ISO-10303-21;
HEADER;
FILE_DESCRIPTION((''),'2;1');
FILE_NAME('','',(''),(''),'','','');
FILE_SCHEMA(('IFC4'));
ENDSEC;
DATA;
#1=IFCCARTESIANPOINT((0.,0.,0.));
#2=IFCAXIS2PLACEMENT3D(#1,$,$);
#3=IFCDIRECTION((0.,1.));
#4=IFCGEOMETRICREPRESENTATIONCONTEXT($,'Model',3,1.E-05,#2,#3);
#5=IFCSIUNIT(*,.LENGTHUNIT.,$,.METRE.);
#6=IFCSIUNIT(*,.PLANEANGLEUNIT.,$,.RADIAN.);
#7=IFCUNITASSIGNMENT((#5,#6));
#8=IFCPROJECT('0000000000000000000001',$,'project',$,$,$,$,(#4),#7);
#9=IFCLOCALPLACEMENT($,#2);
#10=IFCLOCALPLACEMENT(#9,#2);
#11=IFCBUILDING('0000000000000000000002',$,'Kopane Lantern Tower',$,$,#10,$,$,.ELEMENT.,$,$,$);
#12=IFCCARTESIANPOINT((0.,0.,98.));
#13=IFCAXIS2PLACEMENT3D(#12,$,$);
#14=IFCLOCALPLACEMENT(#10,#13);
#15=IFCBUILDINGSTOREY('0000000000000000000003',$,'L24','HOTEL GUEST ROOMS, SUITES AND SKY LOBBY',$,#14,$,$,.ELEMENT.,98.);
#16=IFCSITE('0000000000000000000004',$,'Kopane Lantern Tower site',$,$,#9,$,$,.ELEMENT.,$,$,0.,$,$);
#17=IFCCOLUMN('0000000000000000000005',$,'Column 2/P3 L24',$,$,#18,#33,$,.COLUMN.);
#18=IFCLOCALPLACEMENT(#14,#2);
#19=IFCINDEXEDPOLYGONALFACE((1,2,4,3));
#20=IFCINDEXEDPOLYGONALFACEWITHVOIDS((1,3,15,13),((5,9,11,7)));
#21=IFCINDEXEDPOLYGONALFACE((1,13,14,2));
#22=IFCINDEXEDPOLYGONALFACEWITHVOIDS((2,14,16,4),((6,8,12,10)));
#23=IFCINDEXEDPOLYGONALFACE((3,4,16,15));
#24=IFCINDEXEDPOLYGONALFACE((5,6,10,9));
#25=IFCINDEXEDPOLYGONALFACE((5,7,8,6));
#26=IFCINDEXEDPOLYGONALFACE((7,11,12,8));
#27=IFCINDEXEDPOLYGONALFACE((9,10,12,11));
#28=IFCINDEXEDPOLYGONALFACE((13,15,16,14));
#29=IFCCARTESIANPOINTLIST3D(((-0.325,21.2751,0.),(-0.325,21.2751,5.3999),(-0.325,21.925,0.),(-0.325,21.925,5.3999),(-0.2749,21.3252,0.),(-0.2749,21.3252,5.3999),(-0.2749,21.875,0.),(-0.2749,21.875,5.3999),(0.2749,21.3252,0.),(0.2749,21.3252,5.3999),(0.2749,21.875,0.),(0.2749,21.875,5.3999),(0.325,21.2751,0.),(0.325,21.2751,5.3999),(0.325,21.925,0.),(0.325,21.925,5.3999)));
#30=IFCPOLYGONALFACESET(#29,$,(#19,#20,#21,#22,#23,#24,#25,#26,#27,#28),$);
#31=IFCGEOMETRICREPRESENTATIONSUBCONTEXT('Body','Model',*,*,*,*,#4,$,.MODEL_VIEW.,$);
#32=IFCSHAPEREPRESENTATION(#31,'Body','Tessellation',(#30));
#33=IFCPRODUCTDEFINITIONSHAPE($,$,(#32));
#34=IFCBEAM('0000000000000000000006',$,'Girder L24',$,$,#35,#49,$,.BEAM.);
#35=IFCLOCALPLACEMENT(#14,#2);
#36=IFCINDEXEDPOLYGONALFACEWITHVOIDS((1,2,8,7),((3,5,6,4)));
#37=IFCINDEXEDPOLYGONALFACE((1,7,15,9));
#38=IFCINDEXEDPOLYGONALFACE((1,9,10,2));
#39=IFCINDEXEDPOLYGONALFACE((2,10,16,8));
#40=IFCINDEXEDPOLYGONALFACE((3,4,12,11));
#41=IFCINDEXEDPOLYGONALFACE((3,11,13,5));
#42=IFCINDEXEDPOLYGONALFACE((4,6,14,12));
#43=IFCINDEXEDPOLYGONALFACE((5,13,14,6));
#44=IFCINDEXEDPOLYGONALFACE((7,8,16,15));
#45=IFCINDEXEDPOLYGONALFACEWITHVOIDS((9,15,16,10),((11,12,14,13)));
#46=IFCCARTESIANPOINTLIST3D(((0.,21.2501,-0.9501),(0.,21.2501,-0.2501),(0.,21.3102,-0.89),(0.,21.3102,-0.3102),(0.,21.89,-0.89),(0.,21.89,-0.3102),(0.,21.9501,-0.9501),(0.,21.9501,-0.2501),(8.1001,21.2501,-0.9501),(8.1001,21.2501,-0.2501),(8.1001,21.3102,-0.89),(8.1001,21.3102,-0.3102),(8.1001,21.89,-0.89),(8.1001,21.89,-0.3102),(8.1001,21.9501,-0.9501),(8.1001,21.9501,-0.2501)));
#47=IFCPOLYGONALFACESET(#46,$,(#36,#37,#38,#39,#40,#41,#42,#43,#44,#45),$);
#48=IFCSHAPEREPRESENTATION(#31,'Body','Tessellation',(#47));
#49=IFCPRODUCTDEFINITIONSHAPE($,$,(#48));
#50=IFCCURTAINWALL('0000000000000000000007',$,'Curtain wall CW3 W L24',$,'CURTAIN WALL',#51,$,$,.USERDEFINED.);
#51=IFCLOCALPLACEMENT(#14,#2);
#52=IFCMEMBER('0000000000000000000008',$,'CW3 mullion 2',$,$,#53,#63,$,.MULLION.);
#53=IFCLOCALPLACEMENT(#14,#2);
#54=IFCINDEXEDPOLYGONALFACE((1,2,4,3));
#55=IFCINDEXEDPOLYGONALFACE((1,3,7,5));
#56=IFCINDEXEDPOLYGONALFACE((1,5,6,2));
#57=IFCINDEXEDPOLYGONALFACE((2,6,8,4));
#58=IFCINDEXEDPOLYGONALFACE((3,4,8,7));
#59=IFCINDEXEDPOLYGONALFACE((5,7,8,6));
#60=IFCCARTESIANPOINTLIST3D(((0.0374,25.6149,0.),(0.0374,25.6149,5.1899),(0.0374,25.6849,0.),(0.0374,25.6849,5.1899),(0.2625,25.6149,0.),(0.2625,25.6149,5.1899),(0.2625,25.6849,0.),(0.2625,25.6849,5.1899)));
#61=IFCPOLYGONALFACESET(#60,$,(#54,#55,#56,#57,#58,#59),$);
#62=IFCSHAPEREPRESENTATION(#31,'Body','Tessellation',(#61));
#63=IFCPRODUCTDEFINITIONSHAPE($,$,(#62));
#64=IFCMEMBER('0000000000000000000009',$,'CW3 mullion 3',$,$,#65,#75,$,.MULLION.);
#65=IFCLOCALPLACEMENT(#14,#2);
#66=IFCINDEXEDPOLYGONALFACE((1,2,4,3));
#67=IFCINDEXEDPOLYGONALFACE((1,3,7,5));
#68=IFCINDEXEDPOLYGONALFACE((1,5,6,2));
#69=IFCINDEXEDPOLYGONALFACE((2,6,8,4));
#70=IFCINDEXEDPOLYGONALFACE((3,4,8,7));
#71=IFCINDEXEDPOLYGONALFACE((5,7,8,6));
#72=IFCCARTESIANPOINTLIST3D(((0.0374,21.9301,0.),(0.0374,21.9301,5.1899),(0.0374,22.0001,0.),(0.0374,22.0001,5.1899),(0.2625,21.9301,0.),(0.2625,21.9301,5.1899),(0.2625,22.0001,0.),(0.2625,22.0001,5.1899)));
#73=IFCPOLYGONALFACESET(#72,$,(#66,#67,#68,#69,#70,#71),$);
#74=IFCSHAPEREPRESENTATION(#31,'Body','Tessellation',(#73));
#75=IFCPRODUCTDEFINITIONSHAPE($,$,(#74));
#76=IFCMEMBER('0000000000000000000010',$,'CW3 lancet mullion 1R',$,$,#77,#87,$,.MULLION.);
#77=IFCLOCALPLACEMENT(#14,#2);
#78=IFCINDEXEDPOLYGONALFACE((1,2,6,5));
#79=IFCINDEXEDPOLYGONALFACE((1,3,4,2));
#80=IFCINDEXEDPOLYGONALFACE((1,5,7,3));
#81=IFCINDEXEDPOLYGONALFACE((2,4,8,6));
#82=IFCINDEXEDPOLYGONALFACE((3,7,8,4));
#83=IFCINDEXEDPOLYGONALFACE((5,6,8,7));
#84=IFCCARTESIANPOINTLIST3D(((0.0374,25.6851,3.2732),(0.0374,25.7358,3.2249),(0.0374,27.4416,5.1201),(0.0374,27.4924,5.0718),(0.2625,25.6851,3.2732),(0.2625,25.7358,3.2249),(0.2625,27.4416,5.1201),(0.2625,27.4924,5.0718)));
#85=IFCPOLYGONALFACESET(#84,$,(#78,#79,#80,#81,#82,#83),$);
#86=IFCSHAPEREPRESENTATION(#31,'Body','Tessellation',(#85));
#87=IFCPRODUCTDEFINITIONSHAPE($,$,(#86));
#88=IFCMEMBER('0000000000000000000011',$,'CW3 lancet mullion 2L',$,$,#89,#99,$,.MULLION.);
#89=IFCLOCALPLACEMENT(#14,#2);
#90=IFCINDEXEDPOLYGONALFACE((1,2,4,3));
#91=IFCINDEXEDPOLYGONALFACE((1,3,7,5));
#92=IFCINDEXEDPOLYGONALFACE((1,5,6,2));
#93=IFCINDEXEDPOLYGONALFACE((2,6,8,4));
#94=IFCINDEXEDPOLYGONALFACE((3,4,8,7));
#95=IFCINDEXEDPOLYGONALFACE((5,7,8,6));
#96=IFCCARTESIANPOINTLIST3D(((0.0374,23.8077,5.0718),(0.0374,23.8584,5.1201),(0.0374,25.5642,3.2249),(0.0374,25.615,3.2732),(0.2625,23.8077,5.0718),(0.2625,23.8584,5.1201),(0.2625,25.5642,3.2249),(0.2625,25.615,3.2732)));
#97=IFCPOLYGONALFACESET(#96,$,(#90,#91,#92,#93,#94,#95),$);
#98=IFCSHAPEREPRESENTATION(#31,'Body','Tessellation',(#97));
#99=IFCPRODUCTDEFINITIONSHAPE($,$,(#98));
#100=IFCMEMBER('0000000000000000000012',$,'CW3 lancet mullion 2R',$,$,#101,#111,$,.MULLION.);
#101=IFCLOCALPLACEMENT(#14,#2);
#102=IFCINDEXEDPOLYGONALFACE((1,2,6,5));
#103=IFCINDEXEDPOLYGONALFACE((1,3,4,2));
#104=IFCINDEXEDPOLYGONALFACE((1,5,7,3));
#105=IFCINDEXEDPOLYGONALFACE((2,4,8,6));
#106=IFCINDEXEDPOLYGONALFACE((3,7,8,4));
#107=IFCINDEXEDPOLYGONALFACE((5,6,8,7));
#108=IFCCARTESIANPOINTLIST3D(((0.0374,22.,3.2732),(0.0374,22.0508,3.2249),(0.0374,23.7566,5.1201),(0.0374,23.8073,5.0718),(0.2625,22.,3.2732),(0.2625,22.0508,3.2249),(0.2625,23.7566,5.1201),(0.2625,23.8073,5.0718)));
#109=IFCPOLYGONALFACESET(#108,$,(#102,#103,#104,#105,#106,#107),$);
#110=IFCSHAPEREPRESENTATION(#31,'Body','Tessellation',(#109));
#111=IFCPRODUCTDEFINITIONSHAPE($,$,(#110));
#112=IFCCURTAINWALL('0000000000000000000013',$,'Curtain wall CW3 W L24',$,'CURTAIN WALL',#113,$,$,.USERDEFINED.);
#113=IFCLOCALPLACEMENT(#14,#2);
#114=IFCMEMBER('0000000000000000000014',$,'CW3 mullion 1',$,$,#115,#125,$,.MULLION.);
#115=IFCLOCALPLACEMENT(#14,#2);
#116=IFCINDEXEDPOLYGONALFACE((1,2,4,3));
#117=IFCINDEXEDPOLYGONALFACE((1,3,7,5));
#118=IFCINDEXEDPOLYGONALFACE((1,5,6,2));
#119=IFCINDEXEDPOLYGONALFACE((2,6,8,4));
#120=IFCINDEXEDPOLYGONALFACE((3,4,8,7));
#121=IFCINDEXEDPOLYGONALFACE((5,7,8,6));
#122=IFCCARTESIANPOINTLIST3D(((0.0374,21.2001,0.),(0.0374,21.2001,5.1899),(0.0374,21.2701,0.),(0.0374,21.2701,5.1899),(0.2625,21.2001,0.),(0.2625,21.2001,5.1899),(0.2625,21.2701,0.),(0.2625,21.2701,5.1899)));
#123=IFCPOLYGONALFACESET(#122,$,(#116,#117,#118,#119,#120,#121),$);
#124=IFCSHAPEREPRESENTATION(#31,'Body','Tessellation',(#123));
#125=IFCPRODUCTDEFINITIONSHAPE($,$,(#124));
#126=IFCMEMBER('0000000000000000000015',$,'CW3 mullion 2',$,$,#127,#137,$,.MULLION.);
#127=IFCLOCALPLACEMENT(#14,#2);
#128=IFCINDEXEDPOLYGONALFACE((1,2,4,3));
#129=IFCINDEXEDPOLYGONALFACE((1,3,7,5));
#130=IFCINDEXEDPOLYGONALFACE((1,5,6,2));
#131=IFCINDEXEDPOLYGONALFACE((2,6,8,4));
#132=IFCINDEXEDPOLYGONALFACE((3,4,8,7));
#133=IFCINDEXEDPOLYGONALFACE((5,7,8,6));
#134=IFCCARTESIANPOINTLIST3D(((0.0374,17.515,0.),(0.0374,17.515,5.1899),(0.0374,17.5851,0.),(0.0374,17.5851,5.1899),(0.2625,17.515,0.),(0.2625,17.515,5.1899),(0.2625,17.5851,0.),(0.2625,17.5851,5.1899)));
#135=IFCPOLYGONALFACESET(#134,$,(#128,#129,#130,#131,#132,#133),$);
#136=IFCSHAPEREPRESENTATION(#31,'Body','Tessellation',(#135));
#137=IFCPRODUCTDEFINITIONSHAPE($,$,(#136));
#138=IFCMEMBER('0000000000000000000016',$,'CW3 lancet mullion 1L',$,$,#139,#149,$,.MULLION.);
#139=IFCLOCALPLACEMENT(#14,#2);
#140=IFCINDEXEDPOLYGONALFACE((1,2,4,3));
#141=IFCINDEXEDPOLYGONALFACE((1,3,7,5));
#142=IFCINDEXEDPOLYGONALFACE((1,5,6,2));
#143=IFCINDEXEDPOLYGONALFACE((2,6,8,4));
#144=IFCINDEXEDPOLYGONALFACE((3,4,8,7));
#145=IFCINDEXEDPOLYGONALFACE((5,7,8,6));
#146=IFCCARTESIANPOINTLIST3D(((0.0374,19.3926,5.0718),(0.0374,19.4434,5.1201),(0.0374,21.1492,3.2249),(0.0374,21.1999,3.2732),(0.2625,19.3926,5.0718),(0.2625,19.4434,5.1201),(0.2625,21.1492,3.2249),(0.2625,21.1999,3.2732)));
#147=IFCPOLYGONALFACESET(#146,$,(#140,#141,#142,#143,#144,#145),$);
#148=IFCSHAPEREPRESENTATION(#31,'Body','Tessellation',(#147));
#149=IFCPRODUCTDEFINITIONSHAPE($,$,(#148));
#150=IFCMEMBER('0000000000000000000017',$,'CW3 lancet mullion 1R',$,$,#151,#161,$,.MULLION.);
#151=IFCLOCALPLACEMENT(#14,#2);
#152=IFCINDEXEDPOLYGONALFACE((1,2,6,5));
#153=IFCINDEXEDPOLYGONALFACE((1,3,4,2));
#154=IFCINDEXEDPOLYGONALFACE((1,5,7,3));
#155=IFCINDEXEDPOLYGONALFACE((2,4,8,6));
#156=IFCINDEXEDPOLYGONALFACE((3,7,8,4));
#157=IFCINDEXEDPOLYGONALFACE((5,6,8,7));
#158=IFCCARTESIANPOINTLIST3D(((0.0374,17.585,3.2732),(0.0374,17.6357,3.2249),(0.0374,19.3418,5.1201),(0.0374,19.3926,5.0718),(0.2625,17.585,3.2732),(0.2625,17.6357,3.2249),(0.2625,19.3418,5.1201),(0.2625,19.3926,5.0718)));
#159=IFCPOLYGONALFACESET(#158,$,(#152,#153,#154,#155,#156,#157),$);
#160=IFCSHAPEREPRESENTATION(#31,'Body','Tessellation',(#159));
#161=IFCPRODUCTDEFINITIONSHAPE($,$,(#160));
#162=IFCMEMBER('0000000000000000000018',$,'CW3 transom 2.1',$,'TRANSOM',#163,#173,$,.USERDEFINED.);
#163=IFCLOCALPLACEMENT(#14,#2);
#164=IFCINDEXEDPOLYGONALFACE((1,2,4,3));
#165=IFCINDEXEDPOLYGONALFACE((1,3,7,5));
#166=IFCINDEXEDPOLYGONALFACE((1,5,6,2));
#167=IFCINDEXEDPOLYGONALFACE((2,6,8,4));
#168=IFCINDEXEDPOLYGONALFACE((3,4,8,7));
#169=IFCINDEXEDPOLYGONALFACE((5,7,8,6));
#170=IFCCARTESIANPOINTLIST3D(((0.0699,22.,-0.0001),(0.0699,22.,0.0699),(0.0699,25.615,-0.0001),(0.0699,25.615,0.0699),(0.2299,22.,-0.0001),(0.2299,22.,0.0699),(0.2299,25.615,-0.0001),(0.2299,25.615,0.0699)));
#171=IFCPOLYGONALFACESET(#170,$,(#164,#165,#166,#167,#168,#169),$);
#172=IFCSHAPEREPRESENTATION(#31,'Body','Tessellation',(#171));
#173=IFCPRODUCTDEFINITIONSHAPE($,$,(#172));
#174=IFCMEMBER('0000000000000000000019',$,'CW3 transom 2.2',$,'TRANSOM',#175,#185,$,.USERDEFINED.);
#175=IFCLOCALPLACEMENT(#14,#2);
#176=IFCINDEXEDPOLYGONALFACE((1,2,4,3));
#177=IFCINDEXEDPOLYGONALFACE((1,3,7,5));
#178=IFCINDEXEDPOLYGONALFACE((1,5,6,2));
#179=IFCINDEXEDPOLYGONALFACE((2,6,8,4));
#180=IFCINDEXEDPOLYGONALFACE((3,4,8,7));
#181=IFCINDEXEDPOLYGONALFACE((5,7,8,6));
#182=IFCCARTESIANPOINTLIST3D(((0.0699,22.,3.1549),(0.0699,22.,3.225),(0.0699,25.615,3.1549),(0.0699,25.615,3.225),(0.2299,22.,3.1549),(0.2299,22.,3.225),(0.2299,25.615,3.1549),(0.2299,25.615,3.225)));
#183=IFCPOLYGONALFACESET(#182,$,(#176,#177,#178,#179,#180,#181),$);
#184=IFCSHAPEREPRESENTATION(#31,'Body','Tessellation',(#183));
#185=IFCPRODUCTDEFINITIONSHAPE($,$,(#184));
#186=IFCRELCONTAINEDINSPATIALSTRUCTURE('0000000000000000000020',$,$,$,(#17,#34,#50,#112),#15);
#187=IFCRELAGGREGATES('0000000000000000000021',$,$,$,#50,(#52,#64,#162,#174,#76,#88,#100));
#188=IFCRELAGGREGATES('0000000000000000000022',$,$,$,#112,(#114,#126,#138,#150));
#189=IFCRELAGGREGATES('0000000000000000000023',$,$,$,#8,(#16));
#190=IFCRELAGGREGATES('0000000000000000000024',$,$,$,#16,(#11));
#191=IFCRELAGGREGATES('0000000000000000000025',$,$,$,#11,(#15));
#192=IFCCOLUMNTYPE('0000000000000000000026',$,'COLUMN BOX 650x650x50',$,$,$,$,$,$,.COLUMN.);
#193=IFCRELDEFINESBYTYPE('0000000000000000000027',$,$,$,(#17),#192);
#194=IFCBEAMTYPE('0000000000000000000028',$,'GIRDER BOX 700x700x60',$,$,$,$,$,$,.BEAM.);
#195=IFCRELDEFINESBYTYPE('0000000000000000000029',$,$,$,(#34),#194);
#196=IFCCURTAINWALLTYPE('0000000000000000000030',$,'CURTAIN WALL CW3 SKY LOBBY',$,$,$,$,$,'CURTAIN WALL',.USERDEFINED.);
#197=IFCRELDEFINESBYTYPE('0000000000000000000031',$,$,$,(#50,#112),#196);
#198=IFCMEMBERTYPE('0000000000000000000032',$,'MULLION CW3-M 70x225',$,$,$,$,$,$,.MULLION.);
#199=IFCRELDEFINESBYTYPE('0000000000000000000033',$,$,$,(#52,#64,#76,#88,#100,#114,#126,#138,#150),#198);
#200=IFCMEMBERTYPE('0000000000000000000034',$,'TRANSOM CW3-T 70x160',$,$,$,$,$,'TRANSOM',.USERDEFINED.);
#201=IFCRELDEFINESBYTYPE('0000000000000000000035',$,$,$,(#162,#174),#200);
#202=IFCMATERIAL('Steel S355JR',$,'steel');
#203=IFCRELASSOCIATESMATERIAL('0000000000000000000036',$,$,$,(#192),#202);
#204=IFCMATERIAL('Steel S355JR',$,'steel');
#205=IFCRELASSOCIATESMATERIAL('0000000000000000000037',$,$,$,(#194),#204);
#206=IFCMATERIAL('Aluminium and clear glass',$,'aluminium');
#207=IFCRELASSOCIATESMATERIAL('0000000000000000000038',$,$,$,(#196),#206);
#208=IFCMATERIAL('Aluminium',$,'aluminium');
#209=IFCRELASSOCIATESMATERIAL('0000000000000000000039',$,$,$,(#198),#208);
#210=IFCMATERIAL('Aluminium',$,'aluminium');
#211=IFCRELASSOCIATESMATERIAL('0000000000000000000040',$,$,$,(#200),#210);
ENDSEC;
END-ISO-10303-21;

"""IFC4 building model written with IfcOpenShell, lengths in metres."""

from ifc_helpers import new_model, si_unit, direction, frame, origin, origin_2d, place, context, subcontext, project, spatial, rectangle, hollow_rectangle, extrude, material, material_profile, profile_set, type_object, element, aggregate, save


model = new_model("IFC4")

# Units and contexts
model_context = context("Model", 3, precision=1e-05, world=origin(), true_north=direction((0.0, 1.0)))
body_context = subcontext(model_context, "Body", "Model", "MODEL_VIEW")
ifc_project = project(units=[si_unit("LENGTHUNIT", "METRE"), si_unit("PLANEANGLEUNIT", "RADIAN")], contexts=[model_context])

# Site, building, storey
site_placement = place(None, origin())
site = spatial("IfcSite", under=ifc_project, at=site_placement, Name="Kopane Lantern Tower site", CompositionType="ELEMENT", RefElevation=0.0)
building_placement = place(site_placement, origin())
building = spatial("IfcBuilding", under=site, at=building_placement, Name="Kopane Lantern Tower", CompositionType="ELEMENT")
storey_placement = place(building_placement, frame((0.0, 0.0, 98.0)))
storey = spatial("IfcBuildingStorey", under=building, at=storey_placement, Name="L24", Description="HOTEL GUEST ROOMS, SUITES AND SKY LOBBY", CompositionType="ELEMENT", Elevation=98.0)

# Column
ifc_material_1 = material(Name="Steel S355JR", Category="steel")
ifc_material_profile_1 = material_profile(ifc_material_1, hollow_rectangle(XDim=0.6499, YDim=0.6499, WallThickness=0.05, at=origin_2d()), Name="BOX 650x650x50")
ifc_profile_set_1 = profile_set([ifc_material_profile_1], Name="Steel S355JR")
column_type = type_object("IfcColumnType", Name="COLUMN BOX 650x650x50", PredefinedType="COLUMN", material=ifc_profile_set_1)
column_placement = place(storey_placement, frame((0.0, 21.6001, 0.0), z_axis=(0.0, 0.0, 1.0), x_axis=(1.0, 0.0, 0.0)))
element("IfcColumn", 1, at=column_placement, inside=storey, type_object=column_type, Name="Column 2/P3 L24", PredefinedType="COLUMN", context=body_context, shape_type="SweptSolid", body=[
    extrude(hollow_rectangle(XDim=0.6499, YDim=0.6499, WallThickness=0.05, at=origin_2d()), origin(), (0.0, 0.0, 1.0), 5.3999),
])

# Beam
ifc_material_2 = material(Name="Steel S355JR", Category="steel")
ifc_material_profile_2 = material_profile(ifc_material_2, hollow_rectangle(XDim=0.7, YDim=0.7, WallThickness=0.0601, at=origin_2d()), Name="BOX 700x700x60")
ifc_profile_set_2 = profile_set([ifc_material_profile_2], Name="Steel S355JR")
beam_type = type_object("IfcBeamType", Name="GIRDER BOX 700x700x60", PredefinedType="BEAM", material=ifc_profile_set_2)
beam_placement = place(storey_placement, frame((0.0, 21.6001, -0.6001), z_axis=(1.0, 0.0, 0.0), x_axis=(0.0, 1.0, 0.0)))
element("IfcBeam", 2, at=beam_placement, inside=storey, type_object=beam_type, Name="Girder L24", PredefinedType="BEAM", context=body_context, shape_type="SweptSolid", body=[
    extrude(hollow_rectangle(XDim=0.7, YDim=0.7, WallThickness=0.0601, at=origin_2d()), origin(), (0.0, 0.0, 1.0), 8.1001),
])

# Curtain walls, members
ifc_material_3 = material(Name="Aluminium and clear glass", Category="aluminium")
curtain_wall_type = type_object("IfcCurtainWallType", Name="CURTAIN WALL CW3 SKY LOBBY", ElementType="CURTAIN WALL", PredefinedType="USERDEFINED", material=ifc_material_3)
curtain_wall_1_placement = place(storey_placement, origin())
curtain_wall_1 = element("IfcCurtainWall", 3, at=curtain_wall_1_placement, inside=storey, type_object=curtain_wall_type, Name="Curtain wall CW3 W L24", ObjectType="CURTAIN WALL", PredefinedType="USERDEFINED")
ifc_material_4 = material(Name="Aluminium", Category="aluminium")
ifc_material_profile_3 = material_profile(ifc_material_4, rectangle(XDim=0.0701, YDim=0.2251, at=origin_2d()), Name="AL 70x225")
ifc_profile_set_3 = profile_set([ifc_material_profile_3], Name="Aluminium")
member_type_1 = type_object("IfcMemberType", Name="MULLION CW3-M 70x225", PredefinedType="MULLION", material=ifc_profile_set_3)
member_1_placement = place(storey_placement, frame((0.1499, 25.6499, 0.0), z_axis=(0.0, 0.0, 1.0), x_axis=(0.0, -1.0, 0.0)))
member_1 = element("IfcMember", 4, at=member_1_placement, type_object=member_type_1, Name="CW3 mullion 2", PredefinedType="MULLION", context=body_context, shape_type="SweptSolid", body=[
    extrude(rectangle(XDim=0.0701, YDim=0.2251, at=origin_2d()), origin(), (0.0, 0.0, 1.0), 5.1899),
])
member_2_placement = place(storey_placement, frame((0.1499, 21.9651, 0.0), z_axis=(0.0, 0.0, 1.0), x_axis=(0.0, -1.0, 0.0)))
member_2 = element("IfcMember", 5, at=member_2_placement, type_object=member_type_1, Name="CW3 mullion 3", PredefinedType="MULLION", context=body_context, shape_type="SweptSolid", body=[
    extrude(rectangle(XDim=0.0701, YDim=0.2251, at=origin_2d()), origin(), (0.0, 0.0, 1.0), 5.1899),
])
member_3_placement = place(storey_placement, frame((0.1499, 25.7104, 3.249), z_axis=(0.0, 0.689165, 0.724605), x_axis=(0.0, -0.724605, 0.689165)))
member_3 = element("IfcMember", 6, at=member_3_placement, type_object=member_type_1, Name="CW3 lancet mullion 1R", PredefinedType="MULLION", context=body_context, shape_type="SweptSolid", body=[
    extrude(rectangle(XDim=0.0701, YDim=0.2251, at=origin_2d()), origin(), (0.0, 0.0, 1.0), 2.5488),
])
member_4_placement = place(storey_placement, frame((0.1499, 25.5896, 3.249), z_axis=(0.0, -0.689165, 0.724605), x_axis=(0.0, 0.724605, 0.689165)))
member_4 = element("IfcMember", 7, at=member_4_placement, type_object=member_type_1, Name="CW3 lancet mullion 2L", PredefinedType="MULLION", context=body_context, shape_type="SweptSolid", body=[
    extrude(rectangle(XDim=0.0701, YDim=0.2251, at=origin_2d()), origin(), (0.0, 0.0, 1.0), 2.5488),
])
member_5_placement = place(storey_placement, frame((0.1499, 22.0254, 3.249), z_axis=(0.0, 0.689165, 0.724605), x_axis=(0.0, -0.724605, 0.689165)))
member_5 = element("IfcMember", 8, at=member_5_placement, type_object=member_type_1, Name="CW3 lancet mullion 2R", PredefinedType="MULLION", context=body_context, shape_type="SweptSolid", body=[
    extrude(rectangle(XDim=0.0701, YDim=0.2251, at=origin_2d()), origin(), (0.0, 0.0, 1.0), 2.5488),
])
curtain_wall_2_placement = place(storey_placement, origin())
curtain_wall_2 = element("IfcCurtainWall", 9, at=curtain_wall_2_placement, inside=storey, type_object=curtain_wall_type, Name="Curtain wall CW3 W L24", ObjectType="CURTAIN WALL", PredefinedType="USERDEFINED")
member_6_placement = place(storey_placement, frame((0.1499, 21.2351, 0.0), z_axis=(0.0, 0.0, 1.0), x_axis=(0.0, -1.0, 0.0)))
member_6 = element("IfcMember", 10, at=member_6_placement, type_object=member_type_1, Name="CW3 mullion 1", PredefinedType="MULLION", context=body_context, shape_type="SweptSolid", body=[
    extrude(rectangle(XDim=0.0701, YDim=0.2251, at=origin_2d()), origin(), (0.0, 0.0, 1.0), 5.1899),
])
member_7_placement = place(storey_placement, frame((0.1499, 17.55, 0.0), z_axis=(0.0, 0.0, 1.0), x_axis=(0.0, -1.0, 0.0)))
member_7 = element("IfcMember", 11, at=member_7_placement, type_object=member_type_1, Name="CW3 mullion 2", PredefinedType="MULLION", context=body_context, shape_type="SweptSolid", body=[
    extrude(rectangle(XDim=0.0701, YDim=0.2251, at=origin_2d()), origin(), (0.0, 0.0, 1.0), 5.1899),
])
member_8_placement = place(storey_placement, frame((0.1499, 21.1746, 3.249), z_axis=(0.0, -0.689165, 0.724605), x_axis=(0.0, 0.724605, 0.689165)))
member_8 = element("IfcMember", 12, at=member_8_placement, type_object=member_type_1, Name="CW3 lancet mullion 1L", PredefinedType="MULLION", context=body_context, shape_type="SweptSolid", body=[
    extrude(rectangle(XDim=0.0701, YDim=0.2251, at=origin_2d()), origin(), (0.0, 0.0, 1.0), 2.5488),
])
member_9_placement = place(storey_placement, frame((0.1499, 17.6104, 3.249), z_axis=(0.0, 0.689215, 0.724557), x_axis=(0.0, -0.724557, 0.689215)))
member_9 = element("IfcMember", 13, at=member_9_placement, type_object=member_type_1, Name="CW3 lancet mullion 1R", PredefinedType="MULLION", context=body_context, shape_type="SweptSolid", body=[
    extrude(rectangle(XDim=0.0701, YDim=0.2251, at=origin_2d()), origin(), (0.0, 0.0, 1.0), 2.5491),
])

# Members
ifc_material_5 = material(Name="Aluminium", Category="aluminium")
ifc_material_profile_4 = material_profile(ifc_material_5, rectangle(XDim=0.1599, YDim=0.0701, at=origin_2d()), Name="AL 160x70")
ifc_profile_set_4 = profile_set([ifc_material_profile_4], Name="Aluminium")
member_type_2 = type_object("IfcMemberType", Name="TRANSOM CW3-T 70x160", ElementType="TRANSOM", PredefinedType="USERDEFINED", material=ifc_profile_set_4)
member_10_placement = place(storey_placement, frame((0.1499, 25.615, 0.0349), z_axis=(0.0, -1.0, 0.0), x_axis=(1.0, 0.0, 0.0)))
member_10 = element("IfcMember", 14, at=member_10_placement, type_object=member_type_2, Name="CW3 transom 2.1", ObjectType="TRANSOM", PredefinedType="USERDEFINED", context=body_context, shape_type="SweptSolid", body=[
    extrude(rectangle(XDim=0.1599, YDim=0.0701, at=origin_2d()), origin(), (0.0, 0.0, 1.0), 3.615),
])
member_11_placement = place(storey_placement, frame((0.1499, 25.615, 3.1899), z_axis=(0.0, -1.0, 0.0), x_axis=(1.0, 0.0, 0.0)))
member_11 = element("IfcMember", 15, at=member_11_placement, type_object=member_type_2, Name="CW3 transom 2.2", ObjectType="TRANSOM", PredefinedType="USERDEFINED", context=body_context, shape_type="SweptSolid", body=[
    extrude(rectangle(XDim=0.1599, YDim=0.0701, at=origin_2d()), origin(), (0.0, 0.0, 1.0), 3.615),
])

aggregate(curtain_wall_1, [member_1, member_2, member_10, member_11, member_3, member_4, member_5])
aggregate(curtain_wall_2, [member_6, member_7, member_8, member_9])

save(model, "model.ifc")
